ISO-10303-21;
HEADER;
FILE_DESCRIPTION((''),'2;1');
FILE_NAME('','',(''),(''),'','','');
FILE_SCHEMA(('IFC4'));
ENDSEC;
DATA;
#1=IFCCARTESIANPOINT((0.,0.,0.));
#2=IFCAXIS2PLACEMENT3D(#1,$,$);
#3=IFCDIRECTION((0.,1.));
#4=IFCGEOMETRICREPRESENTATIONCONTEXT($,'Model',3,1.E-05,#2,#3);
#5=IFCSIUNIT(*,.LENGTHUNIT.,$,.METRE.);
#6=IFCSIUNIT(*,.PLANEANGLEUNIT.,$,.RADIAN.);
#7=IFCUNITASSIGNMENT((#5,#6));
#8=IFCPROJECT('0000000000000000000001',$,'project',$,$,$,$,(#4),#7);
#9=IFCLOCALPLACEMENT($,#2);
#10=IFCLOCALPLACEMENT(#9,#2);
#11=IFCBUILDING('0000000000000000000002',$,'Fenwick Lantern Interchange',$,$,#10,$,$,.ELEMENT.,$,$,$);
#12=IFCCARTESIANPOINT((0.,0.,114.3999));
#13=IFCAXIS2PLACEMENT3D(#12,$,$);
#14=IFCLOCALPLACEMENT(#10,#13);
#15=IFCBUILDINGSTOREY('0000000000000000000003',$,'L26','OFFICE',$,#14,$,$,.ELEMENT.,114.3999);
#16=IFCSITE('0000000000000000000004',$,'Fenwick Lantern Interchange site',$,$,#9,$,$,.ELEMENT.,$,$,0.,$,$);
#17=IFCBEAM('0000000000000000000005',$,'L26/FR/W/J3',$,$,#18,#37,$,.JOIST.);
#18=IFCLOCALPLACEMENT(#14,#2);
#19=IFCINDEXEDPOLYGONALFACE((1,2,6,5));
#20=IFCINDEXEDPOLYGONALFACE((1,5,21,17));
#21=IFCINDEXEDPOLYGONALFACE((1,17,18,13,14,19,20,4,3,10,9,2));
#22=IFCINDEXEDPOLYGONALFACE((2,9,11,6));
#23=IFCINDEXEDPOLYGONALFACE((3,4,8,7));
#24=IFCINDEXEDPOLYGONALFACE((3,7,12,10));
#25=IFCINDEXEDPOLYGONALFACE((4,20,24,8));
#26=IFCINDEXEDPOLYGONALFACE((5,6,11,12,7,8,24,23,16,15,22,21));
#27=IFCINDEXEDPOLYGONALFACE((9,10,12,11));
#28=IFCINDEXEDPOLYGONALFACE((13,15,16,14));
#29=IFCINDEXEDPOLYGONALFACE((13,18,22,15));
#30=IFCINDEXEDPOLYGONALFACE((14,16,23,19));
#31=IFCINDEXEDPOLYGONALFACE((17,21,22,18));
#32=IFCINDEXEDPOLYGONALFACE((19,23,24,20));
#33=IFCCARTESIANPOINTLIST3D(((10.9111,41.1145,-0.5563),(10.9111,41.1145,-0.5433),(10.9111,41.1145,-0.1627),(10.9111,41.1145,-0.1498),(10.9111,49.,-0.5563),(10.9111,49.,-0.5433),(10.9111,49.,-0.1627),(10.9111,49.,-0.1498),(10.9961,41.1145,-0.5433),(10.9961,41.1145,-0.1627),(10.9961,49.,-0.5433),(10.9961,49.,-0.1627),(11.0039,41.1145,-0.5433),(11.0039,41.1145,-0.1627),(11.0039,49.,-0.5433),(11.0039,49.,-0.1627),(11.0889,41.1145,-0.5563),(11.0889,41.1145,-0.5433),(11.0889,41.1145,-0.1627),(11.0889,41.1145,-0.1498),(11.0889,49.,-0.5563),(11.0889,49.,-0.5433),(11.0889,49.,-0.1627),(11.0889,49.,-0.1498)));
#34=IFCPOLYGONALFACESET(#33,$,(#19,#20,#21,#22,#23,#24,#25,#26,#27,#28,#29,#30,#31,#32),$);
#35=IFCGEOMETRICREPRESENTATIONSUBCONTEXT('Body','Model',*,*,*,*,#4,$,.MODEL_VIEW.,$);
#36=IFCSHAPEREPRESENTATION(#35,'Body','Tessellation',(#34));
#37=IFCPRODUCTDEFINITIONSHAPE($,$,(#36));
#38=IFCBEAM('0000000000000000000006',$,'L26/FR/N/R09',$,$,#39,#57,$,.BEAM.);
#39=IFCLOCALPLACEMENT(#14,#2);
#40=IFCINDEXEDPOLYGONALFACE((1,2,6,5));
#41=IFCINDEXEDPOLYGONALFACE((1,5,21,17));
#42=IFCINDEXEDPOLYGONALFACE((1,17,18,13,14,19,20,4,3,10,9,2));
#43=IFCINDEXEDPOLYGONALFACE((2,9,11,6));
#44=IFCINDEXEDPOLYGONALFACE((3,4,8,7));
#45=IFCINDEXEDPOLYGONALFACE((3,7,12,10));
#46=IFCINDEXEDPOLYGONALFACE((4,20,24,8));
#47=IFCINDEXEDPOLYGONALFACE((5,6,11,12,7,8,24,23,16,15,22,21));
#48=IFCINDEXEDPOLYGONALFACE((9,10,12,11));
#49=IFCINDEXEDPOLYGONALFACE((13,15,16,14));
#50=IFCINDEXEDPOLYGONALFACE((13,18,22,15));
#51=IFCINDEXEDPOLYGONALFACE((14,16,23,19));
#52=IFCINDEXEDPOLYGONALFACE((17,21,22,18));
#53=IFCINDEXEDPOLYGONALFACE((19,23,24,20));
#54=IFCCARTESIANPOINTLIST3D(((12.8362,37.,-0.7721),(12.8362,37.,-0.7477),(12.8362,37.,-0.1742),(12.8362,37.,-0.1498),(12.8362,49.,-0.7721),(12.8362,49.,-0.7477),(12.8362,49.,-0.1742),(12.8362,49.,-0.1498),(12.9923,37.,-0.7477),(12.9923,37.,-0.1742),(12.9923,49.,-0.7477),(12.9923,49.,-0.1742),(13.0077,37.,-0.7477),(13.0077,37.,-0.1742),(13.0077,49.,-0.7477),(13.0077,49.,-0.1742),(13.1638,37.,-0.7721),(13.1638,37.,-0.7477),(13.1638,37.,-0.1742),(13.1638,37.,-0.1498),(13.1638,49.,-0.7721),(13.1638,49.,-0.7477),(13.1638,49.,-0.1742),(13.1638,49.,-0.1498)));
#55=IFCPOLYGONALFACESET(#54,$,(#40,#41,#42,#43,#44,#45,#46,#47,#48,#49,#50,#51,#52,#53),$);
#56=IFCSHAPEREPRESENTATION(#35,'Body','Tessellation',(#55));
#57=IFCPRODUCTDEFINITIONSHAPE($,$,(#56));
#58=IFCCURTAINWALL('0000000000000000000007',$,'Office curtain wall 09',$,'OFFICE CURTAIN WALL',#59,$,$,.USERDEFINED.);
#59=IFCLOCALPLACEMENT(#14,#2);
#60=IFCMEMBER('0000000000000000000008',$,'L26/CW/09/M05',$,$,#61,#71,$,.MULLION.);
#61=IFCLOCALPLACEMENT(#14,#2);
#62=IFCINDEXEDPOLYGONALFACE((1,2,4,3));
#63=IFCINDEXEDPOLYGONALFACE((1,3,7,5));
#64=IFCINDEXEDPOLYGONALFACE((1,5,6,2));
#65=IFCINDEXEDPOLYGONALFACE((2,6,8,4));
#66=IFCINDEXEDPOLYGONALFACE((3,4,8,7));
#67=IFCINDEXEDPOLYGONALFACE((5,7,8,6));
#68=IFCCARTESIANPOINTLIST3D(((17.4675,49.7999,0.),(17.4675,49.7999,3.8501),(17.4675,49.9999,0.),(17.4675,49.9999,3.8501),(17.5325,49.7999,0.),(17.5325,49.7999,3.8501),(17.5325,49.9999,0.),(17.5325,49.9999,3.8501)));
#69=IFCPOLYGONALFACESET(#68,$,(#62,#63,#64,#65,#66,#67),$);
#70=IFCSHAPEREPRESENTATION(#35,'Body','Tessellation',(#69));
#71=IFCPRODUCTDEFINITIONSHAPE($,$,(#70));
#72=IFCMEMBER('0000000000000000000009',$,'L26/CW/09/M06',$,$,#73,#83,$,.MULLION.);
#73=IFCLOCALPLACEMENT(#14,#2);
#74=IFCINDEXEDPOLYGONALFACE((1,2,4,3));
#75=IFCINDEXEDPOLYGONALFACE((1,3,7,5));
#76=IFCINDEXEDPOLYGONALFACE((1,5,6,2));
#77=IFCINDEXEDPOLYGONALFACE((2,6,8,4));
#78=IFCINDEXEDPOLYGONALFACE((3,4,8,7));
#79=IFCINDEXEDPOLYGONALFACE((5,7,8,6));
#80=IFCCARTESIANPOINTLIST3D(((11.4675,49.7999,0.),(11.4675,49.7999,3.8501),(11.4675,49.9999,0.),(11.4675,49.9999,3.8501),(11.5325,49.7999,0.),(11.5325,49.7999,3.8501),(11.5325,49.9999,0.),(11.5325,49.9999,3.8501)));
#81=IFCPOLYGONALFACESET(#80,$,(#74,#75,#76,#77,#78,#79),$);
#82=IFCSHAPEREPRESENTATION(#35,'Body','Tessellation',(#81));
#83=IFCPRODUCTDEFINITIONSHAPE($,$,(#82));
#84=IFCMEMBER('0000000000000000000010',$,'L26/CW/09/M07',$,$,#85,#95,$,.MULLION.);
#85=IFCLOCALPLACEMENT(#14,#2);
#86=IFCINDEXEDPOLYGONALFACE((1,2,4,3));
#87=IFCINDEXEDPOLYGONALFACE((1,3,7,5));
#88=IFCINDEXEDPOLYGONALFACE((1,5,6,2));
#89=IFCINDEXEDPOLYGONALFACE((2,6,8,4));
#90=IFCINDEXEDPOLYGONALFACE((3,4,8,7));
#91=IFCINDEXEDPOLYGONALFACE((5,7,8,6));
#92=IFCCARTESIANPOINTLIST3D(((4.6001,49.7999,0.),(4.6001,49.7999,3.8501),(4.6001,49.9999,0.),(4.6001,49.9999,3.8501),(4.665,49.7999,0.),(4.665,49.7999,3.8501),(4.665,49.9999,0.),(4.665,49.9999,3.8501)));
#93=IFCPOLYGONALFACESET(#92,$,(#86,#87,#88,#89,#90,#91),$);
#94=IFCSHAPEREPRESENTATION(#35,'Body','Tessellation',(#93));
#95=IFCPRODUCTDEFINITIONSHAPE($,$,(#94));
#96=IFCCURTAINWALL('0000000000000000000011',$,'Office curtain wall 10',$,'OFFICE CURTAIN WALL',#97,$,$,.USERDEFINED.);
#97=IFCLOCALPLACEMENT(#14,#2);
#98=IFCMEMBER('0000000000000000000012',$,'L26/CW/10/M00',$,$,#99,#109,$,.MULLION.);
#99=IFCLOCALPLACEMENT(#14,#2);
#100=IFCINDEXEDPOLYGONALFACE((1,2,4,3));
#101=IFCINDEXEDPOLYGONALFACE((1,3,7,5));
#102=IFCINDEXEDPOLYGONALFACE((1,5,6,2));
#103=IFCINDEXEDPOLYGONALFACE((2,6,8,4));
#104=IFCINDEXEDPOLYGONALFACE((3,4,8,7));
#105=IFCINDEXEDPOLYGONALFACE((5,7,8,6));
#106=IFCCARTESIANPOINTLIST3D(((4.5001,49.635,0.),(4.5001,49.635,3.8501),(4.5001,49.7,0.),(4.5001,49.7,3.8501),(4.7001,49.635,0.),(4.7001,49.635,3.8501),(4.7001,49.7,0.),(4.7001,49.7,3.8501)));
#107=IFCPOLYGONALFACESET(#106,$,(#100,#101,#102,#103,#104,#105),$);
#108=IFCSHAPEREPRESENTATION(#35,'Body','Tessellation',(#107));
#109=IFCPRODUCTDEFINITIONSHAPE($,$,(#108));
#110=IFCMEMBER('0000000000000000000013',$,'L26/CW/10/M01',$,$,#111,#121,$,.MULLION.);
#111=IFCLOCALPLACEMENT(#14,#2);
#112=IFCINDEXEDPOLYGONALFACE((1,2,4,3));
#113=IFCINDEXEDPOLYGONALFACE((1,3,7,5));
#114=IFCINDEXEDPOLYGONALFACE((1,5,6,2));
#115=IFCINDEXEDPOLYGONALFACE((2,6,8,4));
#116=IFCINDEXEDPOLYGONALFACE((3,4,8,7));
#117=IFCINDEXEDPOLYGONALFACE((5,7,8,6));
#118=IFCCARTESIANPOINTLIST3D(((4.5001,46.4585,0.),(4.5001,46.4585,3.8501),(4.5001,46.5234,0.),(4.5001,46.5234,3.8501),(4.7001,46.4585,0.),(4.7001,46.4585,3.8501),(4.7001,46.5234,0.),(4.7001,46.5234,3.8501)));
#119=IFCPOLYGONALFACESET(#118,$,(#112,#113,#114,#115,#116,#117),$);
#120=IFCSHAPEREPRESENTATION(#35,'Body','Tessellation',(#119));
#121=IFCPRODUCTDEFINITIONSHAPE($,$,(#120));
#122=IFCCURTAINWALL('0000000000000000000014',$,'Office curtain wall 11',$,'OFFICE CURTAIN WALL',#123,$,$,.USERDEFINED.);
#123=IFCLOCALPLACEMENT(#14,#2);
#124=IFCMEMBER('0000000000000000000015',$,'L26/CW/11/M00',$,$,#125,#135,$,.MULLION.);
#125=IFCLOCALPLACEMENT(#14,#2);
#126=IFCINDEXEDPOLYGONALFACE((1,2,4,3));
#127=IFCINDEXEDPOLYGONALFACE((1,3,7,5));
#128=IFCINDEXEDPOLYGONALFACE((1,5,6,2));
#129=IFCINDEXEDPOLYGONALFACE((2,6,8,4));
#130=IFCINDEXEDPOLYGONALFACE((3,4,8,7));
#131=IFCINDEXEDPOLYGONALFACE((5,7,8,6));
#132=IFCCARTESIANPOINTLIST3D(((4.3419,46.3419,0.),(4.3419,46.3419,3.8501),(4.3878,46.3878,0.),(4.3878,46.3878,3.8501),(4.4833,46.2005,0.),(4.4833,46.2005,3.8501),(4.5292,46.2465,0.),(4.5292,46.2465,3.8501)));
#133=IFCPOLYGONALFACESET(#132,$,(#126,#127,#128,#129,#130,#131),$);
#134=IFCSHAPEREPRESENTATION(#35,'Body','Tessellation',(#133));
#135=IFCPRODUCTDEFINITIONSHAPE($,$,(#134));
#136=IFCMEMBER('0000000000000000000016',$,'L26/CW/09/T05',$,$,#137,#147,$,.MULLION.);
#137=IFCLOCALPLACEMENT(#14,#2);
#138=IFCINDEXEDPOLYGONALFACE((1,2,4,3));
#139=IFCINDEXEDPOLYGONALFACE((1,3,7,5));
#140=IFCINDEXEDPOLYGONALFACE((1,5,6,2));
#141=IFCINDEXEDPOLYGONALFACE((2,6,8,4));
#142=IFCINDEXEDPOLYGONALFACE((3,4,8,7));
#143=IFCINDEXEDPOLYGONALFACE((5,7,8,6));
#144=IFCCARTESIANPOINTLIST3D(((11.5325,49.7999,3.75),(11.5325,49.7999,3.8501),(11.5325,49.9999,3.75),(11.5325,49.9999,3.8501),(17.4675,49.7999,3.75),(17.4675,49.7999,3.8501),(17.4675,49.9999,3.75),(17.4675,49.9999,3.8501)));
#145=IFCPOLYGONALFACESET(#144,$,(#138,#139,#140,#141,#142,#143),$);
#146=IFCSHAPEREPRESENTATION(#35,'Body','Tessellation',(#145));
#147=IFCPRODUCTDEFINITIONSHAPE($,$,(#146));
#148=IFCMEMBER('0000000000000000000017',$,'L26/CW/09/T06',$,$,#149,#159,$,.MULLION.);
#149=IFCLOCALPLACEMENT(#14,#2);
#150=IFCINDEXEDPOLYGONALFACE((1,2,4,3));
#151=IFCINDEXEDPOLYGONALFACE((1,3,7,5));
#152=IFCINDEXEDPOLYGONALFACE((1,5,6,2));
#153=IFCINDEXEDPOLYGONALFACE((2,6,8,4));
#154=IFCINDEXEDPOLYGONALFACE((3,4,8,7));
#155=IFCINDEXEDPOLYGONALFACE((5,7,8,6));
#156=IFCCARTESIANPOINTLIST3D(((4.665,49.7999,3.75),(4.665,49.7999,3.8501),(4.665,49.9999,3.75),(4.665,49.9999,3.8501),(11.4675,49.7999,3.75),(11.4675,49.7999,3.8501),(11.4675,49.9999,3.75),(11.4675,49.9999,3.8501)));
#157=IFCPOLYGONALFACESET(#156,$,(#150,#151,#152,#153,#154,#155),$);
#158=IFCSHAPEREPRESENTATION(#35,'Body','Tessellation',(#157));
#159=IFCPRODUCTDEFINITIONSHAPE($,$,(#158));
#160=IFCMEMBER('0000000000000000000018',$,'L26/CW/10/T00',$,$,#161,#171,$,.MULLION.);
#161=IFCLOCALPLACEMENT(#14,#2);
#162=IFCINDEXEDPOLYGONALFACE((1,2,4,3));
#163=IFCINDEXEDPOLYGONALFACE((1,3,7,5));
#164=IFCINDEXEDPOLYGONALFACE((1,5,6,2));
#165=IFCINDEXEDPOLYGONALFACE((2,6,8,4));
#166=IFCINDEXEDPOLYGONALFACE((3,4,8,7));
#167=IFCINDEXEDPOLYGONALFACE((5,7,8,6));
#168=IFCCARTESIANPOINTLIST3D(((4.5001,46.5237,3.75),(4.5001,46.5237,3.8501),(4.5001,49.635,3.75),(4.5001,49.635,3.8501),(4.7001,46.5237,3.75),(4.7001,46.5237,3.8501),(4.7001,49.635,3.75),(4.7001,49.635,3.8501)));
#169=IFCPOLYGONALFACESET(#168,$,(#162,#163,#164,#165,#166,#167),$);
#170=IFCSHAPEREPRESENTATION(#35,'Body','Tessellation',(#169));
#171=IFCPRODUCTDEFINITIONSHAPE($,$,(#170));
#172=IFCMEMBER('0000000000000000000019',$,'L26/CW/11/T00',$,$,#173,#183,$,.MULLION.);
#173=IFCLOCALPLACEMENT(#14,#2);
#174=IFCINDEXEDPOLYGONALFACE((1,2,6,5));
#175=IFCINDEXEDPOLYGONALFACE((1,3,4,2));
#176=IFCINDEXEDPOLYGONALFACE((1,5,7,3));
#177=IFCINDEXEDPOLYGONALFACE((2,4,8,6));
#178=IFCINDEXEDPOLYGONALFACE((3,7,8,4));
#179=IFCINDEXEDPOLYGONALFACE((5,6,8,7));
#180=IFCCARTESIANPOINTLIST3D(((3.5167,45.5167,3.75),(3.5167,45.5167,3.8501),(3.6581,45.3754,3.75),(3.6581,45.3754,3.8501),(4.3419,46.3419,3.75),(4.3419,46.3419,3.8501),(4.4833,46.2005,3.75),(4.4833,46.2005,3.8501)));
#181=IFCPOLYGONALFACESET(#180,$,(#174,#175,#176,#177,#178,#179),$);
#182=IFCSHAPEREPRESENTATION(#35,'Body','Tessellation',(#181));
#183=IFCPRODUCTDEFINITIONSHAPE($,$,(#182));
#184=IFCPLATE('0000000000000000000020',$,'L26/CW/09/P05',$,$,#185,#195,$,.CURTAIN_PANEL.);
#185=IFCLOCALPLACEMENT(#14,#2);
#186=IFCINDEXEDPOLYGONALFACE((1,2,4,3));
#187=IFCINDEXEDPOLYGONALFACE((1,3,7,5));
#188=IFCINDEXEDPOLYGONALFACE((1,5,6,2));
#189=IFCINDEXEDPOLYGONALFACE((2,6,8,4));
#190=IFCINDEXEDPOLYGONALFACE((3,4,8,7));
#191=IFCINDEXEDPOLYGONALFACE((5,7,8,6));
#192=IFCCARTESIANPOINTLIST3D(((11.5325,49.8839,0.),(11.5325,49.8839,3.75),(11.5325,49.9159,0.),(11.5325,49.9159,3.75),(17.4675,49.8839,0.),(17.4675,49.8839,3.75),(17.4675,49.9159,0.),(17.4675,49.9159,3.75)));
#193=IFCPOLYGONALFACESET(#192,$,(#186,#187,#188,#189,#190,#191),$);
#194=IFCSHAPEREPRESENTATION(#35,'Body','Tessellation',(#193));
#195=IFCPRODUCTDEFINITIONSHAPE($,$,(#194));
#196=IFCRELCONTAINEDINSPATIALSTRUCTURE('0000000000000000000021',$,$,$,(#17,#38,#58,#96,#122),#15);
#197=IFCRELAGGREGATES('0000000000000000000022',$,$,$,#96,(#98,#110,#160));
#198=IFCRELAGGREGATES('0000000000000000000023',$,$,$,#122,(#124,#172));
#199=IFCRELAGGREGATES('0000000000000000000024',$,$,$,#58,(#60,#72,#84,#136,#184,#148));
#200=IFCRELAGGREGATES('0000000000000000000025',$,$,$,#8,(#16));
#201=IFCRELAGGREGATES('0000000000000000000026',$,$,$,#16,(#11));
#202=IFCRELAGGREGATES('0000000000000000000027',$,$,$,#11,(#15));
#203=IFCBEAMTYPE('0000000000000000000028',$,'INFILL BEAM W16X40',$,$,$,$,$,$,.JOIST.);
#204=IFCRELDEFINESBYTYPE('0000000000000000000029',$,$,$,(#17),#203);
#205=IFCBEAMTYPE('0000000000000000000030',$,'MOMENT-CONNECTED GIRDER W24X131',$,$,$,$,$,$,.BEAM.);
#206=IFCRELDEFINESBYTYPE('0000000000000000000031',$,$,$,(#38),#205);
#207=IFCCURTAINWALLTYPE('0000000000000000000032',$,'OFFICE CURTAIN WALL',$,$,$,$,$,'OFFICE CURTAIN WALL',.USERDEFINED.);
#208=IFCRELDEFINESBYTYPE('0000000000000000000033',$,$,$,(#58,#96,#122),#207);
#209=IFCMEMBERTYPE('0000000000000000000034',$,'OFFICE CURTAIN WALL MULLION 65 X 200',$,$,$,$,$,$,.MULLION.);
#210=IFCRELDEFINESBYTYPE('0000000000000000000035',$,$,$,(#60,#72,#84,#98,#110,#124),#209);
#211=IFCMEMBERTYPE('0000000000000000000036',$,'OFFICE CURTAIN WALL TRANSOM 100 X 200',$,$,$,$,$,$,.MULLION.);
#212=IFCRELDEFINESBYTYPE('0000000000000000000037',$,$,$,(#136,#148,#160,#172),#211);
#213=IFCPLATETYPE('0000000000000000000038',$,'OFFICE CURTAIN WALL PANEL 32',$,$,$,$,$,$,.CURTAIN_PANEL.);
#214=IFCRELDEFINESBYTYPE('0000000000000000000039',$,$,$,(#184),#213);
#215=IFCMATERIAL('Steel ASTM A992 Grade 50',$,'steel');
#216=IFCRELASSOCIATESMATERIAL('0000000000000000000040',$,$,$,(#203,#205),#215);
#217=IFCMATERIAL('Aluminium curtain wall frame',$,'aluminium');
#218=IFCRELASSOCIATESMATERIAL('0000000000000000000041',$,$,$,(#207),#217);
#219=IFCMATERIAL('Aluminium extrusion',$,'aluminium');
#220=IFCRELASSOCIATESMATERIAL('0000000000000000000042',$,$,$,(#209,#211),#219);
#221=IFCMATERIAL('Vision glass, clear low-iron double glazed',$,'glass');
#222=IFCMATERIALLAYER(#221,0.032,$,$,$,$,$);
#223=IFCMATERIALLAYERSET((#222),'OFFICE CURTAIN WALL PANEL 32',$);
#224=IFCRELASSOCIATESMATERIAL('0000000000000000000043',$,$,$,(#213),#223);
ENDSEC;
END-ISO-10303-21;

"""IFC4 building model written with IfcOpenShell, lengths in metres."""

from ifc_helpers import new_model, si_unit, direction, frame, origin, origin_2d, place, context, subcontext, project, spatial, rectangle, i_section, extrude, material, layer, layer_set, material_profile, profile_set, type_object, element, aggregate, save


model = new_model("IFC4")

# Units and contexts
model_context = context("Model", 3, precision=1e-05, world=origin(), true_north=direction((0.0, 1.0)))
body_context = subcontext(model_context, "Body", "Model", "MODEL_VIEW")
ifc_project = project(units=[si_unit("LENGTHUNIT", "METRE"), si_unit("PLANEANGLEUNIT", "RADIAN")], contexts=[model_context])

# Site, building, storey
site_placement = place(None, origin())
site = spatial("IfcSite", under=ifc_project, at=site_placement, Name="Fenwick Lantern Interchange site", CompositionType="ELEMENT", RefElevation=0.0)
building_placement = place(site_placement, origin())
building = spatial("IfcBuilding", under=site, at=building_placement, Name="Fenwick Lantern Interchange", CompositionType="ELEMENT")
storey_placement = place(building_placement, frame((0.0, 0.0, 114.3999)))
storey = spatial("IfcBuildingStorey", under=building, at=storey_placement, Name="L26", Description="OFFICE", CompositionType="ELEMENT", Elevation=114.3999)

# Shared definitions
ifc_material_1 = material(Name="Steel ASTM A992 Grade 50", Category="steel")

# Beams
ifc_material_profile_1 = material_profile(ifc_material_1, i_section(OverallWidth=0.1777, OverallDepth=0.4065, WebThickness=0.0078, FlangeThickness=0.0129, at=origin_2d()), Name="W16X40")
ifc_profile_set_1 = profile_set([ifc_material_profile_1], Name="Steel ASTM A992 Grade 50")
beam_type_1 = type_object("IfcBeamType", Name="INFILL BEAM W16X40", PredefinedType="JOIST", material=ifc_profile_set_1)
beam_1_placement = place(storey_placement, frame((11.0, 49.0, -0.353), z_axis=(0.0, -1.0, 0.0), x_axis=(1.0, 0.0, 0.0)))
element("IfcBeam", 1, at=beam_1_placement, inside=storey, type_object=beam_type_1, Name="L26/FR/W/J3", PredefinedType="JOIST", context=body_context, shape_type="SweptSolid", body=[
    extrude(i_section(OverallWidth=0.1777, OverallDepth=0.4065, WebThickness=0.0078, FlangeThickness=0.0129, at=origin_2d()), origin(), (0.0, 0.0, 1.0), 7.8855),
])
ifc_material_profile_2 = material_profile(ifc_material_1, i_section(OverallWidth=0.3276, OverallDepth=0.6223, WebThickness=0.0154, FlangeThickness=0.0244, at=origin_2d()), Name="W24X131")
ifc_profile_set_2 = profile_set([ifc_material_profile_2], Name="Steel ASTM A992 Grade 50")
beam_type_2 = type_object("IfcBeamType", Name="MOMENT-CONNECTED GIRDER W24X131", PredefinedType="BEAM", material=ifc_profile_set_2)
beam_2_placement = place(storey_placement, frame((13.0, 49.0, -0.4609), z_axis=(0.0, -1.0, 0.0), x_axis=(1.0, 0.0, 0.0)))
element("IfcBeam", 2, at=beam_2_placement, inside=storey, type_object=beam_type_2, Name="L26/FR/N/R09", PredefinedType="BEAM", context=body_context, shape_type="SweptSolid", body=[
    extrude(i_section(OverallWidth=0.3276, OverallDepth=0.6223, WebThickness=0.0154, FlangeThickness=0.0244, at=origin_2d()), origin(), (0.0, 0.0, 1.0), 12.0),
])

# Curtain walls, members
ifc_material_2 = material(Name="Aluminium curtain wall frame", Category="aluminium")
curtain_wall_type = type_object("IfcCurtainWallType", Name="OFFICE CURTAIN WALL", ElementType="OFFICE CURTAIN WALL", PredefinedType="USERDEFINED", material=ifc_material_2)
curtain_wall_1_placement = place(storey_placement, origin())
curtain_wall_1 = element("IfcCurtainWall", 3, at=curtain_wall_1_placement, inside=storey, type_object=curtain_wall_type, Name="Office curtain wall 09", ObjectType="OFFICE CURTAIN WALL", PredefinedType="USERDEFINED")
ifc_material_3 = material(Name="Aluminium extrusion", Category="aluminium")
ifc_material_profile_3 = material_profile(ifc_material_3, rectangle(XDim=0.2, YDim=0.0649, at=origin_2d()), Name="OFFICE CURTAIN WALL MULLION 65 X 200")
ifc_profile_set_3 = profile_set([ifc_material_profile_3], Name="Aluminium extrusion")
member_type_1 = type_object("IfcMemberType", Name="OFFICE CURTAIN WALL MULLION 65 X 200", PredefinedType="MULLION", material=ifc_profile_set_3)
member_1_placement = place(storey_placement, frame((17.5, 49.8999, 0.0), z_axis=(0.0, 0.0, 1.0), x_axis=(0.0, -1.0, 0.0)))
member_1 = element("IfcMember", 4, at=member_1_placement, type_object=member_type_1, Name="L26/CW/09/M05", PredefinedType="MULLION", context=body_context, shape_type="SweptSolid", body=[
    extrude(rectangle(XDim=0.2, YDim=0.0649, at=origin_2d()), origin(), (0.0, 0.0, 1.0), 3.8501),
])
member_2_placement = place(storey_placement, frame((11.5, 49.8999, 0.0), z_axis=(0.0, 0.0, 1.0), x_axis=(0.0, -1.0, 0.0)))
member_2 = element("IfcMember", 5, at=member_2_placement, type_object=member_type_1, Name="L26/CW/09/M06", PredefinedType="MULLION", context=body_context, shape_type="SweptSolid", body=[
    extrude(rectangle(XDim=0.2, YDim=0.0649, at=origin_2d()), origin(), (0.0, 0.0, 1.0), 3.8501),
])
member_3_placement = place(storey_placement, frame((4.6326, 49.8999, 0.0), z_axis=(0.0, 0.0, 1.0), x_axis=(0.0, -1.0, 0.0)))
member_3 = element("IfcMember", 6, at=member_3_placement, type_object=member_type_1, Name="L26/CW/09/M07", PredefinedType="MULLION", context=body_context, shape_type="SweptSolid", body=[
    extrude(rectangle(XDim=0.2, YDim=0.0649, at=origin_2d()), origin(), (0.0, 0.0, 1.0), 3.8501),
])
curtain_wall_2_placement = place(storey_placement, origin())
curtain_wall_2 = element("IfcCurtainWall", 7, at=curtain_wall_2_placement, inside=storey, type_object=curtain_wall_type, Name="Office curtain wall 10", ObjectType="OFFICE CURTAIN WALL", PredefinedType="USERDEFINED")
member_4_placement = place(storey_placement, frame((4.6001, 49.6675, 0.0), z_axis=(0.0, 0.0, 1.0), x_axis=(1.0, 0.0, 0.0)))
member_4 = element("IfcMember", 8, at=member_4_placement, type_object=member_type_1, Name="L26/CW/10/M00", PredefinedType="MULLION", context=body_context, shape_type="SweptSolid", body=[
    extrude(rectangle(XDim=0.2, YDim=0.0649, at=origin_2d()), origin(), (0.0, 0.0, 1.0), 3.8501),
])
member_5_placement = place(storey_placement, frame((4.6001, 46.491, 0.0), z_axis=(0.0, 0.0, 1.0), x_axis=(1.0, 0.0, 0.0)))
member_5 = element("IfcMember", 9, at=member_5_placement, type_object=member_type_1, Name="L26/CW/10/M01", PredefinedType="MULLION", context=body_context, shape_type="SweptSolid", body=[
    extrude(rectangle(XDim=0.2, YDim=0.0649, at=origin_2d()), origin(), (0.0, 0.0, 1.0), 3.8501),
])

# Curtain wall, member
curtain_wall_3_placement = place(storey_placement, origin())
curtain_wall_3 = element("IfcCurtainWall", 10, at=curtain_wall_3_placement, inside=storey, type_object=curtain_wall_type, Name="Office curtain wall 11", ObjectType="OFFICE CURTAIN WALL", PredefinedType="USERDEFINED")
member_6_placement = place(storey_placement, frame((4.4355, 46.2942, 0.0), z_axis=(0.0, 0.0, 1.0), x_axis=(0.707107, -0.707107, 0.0)))
member_6 = element("IfcMember", 11, at=member_6_placement, type_object=member_type_1, Name="L26/CW/11/M00", PredefinedType="MULLION", context=body_context, shape_type="SweptSolid", body=[
    extrude(rectangle(XDim=0.2, YDim=0.0649, at=origin_2d()), origin(), (0.0, 0.0, 1.0), 3.8501),
])

# Members
ifc_material_profile_4 = material_profile(ifc_material_3, rectangle(XDim=0.2, YDim=0.1001, at=origin_2d()), Name="OFFICE CURTAIN WALL TRANSOM 100 X 200")
ifc_profile_set_4 = profile_set([ifc_material_profile_4], Name="Aluminium extrusion")
member_type_2 = type_object("IfcMemberType", Name="OFFICE CURTAIN WALL TRANSOM 100 X 200", PredefinedType="MULLION", material=ifc_profile_set_4)
member_7_placement = place(storey_placement, frame((17.4675, 49.8999, 3.8), z_axis=(-1.0, 0.0, 0.0), x_axis=(0.0, -1.0, 0.0)))
member_7 = element("IfcMember", 12, at=member_7_placement, type_object=member_type_2, Name="L26/CW/09/T05", PredefinedType="MULLION", context=body_context, shape_type="SweptSolid", body=[
    extrude(rectangle(XDim=0.2, YDim=0.1001, at=origin_2d()), origin(), (0.0, 0.0, 1.0), 5.9351),
])
member_8_placement = place(storey_placement, frame((11.4675, 49.8999, 3.8), z_axis=(-1.0, 0.0, 0.0), x_axis=(0.0, -1.0, 0.0)))
member_8 = element("IfcMember", 13, at=member_8_placement, type_object=member_type_2, Name="L26/CW/09/T06", PredefinedType="MULLION", context=body_context, shape_type="SweptSolid", body=[
    extrude(rectangle(XDim=0.2, YDim=0.1001, at=origin_2d()), origin(), (0.0, 0.0, 1.0), 6.8025),
])
member_9_placement = place(storey_placement, frame((4.6001, 49.635, 3.8), z_axis=(0.0, -1.0, 0.0), x_axis=(1.0, 0.0, 0.0)))
member_9 = element("IfcMember", 14, at=member_9_placement, type_object=member_type_2, Name="L26/CW/10/T00", PredefinedType="MULLION", context=body_context, shape_type="SweptSolid", body=[
    extrude(rectangle(XDim=0.2, YDim=0.1001, at=origin_2d()), origin(), (0.0, 0.0, 1.0), 3.1113),
])
aggregate(curtain_wall_2, [member_4, member_5, member_9])
member_10_placement = place(storey_placement, frame((4.4126, 46.2712, 3.8), z_axis=(-0.707107, -0.707107, 0.0), x_axis=(0.707107, -0.707107, 0.0)))
member_10 = element("IfcMember", 15, at=member_10_placement, type_object=member_type_2, Name="L26/CW/11/T00", PredefinedType="MULLION", context=body_context, shape_type="SweptSolid", body=[
    extrude(rectangle(XDim=0.2, YDim=0.1001, at=origin_2d()), origin(), (0.0, 0.0, 1.0), 1.167),
])
aggregate(curtain_wall_3, [member_6, member_10])

# Plate
ifc_material_4 = material(Name="Vision glass, clear low-iron double glazed", Category="glass")
ifc_layer_1 = layer(ifc_material_4, 0.032)
ifc_layer_set_1 = layer_set([ifc_layer_1], Name="OFFICE CURTAIN WALL PANEL 32")
plate_type = type_object("IfcPlateType", Name="OFFICE CURTAIN WALL PANEL 32", PredefinedType="CURTAIN_PANEL", material=ifc_layer_set_1)
plate_placement = place(storey_placement, frame((14.5, 49.8999, 0.0), z_axis=(0.0, 0.0, 1.0), x_axis=(-1.0, 0.0, 0.0)))
plate = element("IfcPlate", 16, at=plate_placement, type_object=plate_type, Name="L26/CW/09/P05", PredefinedType="CURTAIN_PANEL", context=body_context, shape_type="SweptSolid", body=[
    extrude(rectangle(XDim=5.9351, YDim=0.032, at=origin_2d()), origin(), (0.0, 0.0, 1.0), 3.75),
])
aggregate(curtain_wall_1, [member_1, member_2, member_3, member_7, plate, member_8])

save(model, "model.ifc")
